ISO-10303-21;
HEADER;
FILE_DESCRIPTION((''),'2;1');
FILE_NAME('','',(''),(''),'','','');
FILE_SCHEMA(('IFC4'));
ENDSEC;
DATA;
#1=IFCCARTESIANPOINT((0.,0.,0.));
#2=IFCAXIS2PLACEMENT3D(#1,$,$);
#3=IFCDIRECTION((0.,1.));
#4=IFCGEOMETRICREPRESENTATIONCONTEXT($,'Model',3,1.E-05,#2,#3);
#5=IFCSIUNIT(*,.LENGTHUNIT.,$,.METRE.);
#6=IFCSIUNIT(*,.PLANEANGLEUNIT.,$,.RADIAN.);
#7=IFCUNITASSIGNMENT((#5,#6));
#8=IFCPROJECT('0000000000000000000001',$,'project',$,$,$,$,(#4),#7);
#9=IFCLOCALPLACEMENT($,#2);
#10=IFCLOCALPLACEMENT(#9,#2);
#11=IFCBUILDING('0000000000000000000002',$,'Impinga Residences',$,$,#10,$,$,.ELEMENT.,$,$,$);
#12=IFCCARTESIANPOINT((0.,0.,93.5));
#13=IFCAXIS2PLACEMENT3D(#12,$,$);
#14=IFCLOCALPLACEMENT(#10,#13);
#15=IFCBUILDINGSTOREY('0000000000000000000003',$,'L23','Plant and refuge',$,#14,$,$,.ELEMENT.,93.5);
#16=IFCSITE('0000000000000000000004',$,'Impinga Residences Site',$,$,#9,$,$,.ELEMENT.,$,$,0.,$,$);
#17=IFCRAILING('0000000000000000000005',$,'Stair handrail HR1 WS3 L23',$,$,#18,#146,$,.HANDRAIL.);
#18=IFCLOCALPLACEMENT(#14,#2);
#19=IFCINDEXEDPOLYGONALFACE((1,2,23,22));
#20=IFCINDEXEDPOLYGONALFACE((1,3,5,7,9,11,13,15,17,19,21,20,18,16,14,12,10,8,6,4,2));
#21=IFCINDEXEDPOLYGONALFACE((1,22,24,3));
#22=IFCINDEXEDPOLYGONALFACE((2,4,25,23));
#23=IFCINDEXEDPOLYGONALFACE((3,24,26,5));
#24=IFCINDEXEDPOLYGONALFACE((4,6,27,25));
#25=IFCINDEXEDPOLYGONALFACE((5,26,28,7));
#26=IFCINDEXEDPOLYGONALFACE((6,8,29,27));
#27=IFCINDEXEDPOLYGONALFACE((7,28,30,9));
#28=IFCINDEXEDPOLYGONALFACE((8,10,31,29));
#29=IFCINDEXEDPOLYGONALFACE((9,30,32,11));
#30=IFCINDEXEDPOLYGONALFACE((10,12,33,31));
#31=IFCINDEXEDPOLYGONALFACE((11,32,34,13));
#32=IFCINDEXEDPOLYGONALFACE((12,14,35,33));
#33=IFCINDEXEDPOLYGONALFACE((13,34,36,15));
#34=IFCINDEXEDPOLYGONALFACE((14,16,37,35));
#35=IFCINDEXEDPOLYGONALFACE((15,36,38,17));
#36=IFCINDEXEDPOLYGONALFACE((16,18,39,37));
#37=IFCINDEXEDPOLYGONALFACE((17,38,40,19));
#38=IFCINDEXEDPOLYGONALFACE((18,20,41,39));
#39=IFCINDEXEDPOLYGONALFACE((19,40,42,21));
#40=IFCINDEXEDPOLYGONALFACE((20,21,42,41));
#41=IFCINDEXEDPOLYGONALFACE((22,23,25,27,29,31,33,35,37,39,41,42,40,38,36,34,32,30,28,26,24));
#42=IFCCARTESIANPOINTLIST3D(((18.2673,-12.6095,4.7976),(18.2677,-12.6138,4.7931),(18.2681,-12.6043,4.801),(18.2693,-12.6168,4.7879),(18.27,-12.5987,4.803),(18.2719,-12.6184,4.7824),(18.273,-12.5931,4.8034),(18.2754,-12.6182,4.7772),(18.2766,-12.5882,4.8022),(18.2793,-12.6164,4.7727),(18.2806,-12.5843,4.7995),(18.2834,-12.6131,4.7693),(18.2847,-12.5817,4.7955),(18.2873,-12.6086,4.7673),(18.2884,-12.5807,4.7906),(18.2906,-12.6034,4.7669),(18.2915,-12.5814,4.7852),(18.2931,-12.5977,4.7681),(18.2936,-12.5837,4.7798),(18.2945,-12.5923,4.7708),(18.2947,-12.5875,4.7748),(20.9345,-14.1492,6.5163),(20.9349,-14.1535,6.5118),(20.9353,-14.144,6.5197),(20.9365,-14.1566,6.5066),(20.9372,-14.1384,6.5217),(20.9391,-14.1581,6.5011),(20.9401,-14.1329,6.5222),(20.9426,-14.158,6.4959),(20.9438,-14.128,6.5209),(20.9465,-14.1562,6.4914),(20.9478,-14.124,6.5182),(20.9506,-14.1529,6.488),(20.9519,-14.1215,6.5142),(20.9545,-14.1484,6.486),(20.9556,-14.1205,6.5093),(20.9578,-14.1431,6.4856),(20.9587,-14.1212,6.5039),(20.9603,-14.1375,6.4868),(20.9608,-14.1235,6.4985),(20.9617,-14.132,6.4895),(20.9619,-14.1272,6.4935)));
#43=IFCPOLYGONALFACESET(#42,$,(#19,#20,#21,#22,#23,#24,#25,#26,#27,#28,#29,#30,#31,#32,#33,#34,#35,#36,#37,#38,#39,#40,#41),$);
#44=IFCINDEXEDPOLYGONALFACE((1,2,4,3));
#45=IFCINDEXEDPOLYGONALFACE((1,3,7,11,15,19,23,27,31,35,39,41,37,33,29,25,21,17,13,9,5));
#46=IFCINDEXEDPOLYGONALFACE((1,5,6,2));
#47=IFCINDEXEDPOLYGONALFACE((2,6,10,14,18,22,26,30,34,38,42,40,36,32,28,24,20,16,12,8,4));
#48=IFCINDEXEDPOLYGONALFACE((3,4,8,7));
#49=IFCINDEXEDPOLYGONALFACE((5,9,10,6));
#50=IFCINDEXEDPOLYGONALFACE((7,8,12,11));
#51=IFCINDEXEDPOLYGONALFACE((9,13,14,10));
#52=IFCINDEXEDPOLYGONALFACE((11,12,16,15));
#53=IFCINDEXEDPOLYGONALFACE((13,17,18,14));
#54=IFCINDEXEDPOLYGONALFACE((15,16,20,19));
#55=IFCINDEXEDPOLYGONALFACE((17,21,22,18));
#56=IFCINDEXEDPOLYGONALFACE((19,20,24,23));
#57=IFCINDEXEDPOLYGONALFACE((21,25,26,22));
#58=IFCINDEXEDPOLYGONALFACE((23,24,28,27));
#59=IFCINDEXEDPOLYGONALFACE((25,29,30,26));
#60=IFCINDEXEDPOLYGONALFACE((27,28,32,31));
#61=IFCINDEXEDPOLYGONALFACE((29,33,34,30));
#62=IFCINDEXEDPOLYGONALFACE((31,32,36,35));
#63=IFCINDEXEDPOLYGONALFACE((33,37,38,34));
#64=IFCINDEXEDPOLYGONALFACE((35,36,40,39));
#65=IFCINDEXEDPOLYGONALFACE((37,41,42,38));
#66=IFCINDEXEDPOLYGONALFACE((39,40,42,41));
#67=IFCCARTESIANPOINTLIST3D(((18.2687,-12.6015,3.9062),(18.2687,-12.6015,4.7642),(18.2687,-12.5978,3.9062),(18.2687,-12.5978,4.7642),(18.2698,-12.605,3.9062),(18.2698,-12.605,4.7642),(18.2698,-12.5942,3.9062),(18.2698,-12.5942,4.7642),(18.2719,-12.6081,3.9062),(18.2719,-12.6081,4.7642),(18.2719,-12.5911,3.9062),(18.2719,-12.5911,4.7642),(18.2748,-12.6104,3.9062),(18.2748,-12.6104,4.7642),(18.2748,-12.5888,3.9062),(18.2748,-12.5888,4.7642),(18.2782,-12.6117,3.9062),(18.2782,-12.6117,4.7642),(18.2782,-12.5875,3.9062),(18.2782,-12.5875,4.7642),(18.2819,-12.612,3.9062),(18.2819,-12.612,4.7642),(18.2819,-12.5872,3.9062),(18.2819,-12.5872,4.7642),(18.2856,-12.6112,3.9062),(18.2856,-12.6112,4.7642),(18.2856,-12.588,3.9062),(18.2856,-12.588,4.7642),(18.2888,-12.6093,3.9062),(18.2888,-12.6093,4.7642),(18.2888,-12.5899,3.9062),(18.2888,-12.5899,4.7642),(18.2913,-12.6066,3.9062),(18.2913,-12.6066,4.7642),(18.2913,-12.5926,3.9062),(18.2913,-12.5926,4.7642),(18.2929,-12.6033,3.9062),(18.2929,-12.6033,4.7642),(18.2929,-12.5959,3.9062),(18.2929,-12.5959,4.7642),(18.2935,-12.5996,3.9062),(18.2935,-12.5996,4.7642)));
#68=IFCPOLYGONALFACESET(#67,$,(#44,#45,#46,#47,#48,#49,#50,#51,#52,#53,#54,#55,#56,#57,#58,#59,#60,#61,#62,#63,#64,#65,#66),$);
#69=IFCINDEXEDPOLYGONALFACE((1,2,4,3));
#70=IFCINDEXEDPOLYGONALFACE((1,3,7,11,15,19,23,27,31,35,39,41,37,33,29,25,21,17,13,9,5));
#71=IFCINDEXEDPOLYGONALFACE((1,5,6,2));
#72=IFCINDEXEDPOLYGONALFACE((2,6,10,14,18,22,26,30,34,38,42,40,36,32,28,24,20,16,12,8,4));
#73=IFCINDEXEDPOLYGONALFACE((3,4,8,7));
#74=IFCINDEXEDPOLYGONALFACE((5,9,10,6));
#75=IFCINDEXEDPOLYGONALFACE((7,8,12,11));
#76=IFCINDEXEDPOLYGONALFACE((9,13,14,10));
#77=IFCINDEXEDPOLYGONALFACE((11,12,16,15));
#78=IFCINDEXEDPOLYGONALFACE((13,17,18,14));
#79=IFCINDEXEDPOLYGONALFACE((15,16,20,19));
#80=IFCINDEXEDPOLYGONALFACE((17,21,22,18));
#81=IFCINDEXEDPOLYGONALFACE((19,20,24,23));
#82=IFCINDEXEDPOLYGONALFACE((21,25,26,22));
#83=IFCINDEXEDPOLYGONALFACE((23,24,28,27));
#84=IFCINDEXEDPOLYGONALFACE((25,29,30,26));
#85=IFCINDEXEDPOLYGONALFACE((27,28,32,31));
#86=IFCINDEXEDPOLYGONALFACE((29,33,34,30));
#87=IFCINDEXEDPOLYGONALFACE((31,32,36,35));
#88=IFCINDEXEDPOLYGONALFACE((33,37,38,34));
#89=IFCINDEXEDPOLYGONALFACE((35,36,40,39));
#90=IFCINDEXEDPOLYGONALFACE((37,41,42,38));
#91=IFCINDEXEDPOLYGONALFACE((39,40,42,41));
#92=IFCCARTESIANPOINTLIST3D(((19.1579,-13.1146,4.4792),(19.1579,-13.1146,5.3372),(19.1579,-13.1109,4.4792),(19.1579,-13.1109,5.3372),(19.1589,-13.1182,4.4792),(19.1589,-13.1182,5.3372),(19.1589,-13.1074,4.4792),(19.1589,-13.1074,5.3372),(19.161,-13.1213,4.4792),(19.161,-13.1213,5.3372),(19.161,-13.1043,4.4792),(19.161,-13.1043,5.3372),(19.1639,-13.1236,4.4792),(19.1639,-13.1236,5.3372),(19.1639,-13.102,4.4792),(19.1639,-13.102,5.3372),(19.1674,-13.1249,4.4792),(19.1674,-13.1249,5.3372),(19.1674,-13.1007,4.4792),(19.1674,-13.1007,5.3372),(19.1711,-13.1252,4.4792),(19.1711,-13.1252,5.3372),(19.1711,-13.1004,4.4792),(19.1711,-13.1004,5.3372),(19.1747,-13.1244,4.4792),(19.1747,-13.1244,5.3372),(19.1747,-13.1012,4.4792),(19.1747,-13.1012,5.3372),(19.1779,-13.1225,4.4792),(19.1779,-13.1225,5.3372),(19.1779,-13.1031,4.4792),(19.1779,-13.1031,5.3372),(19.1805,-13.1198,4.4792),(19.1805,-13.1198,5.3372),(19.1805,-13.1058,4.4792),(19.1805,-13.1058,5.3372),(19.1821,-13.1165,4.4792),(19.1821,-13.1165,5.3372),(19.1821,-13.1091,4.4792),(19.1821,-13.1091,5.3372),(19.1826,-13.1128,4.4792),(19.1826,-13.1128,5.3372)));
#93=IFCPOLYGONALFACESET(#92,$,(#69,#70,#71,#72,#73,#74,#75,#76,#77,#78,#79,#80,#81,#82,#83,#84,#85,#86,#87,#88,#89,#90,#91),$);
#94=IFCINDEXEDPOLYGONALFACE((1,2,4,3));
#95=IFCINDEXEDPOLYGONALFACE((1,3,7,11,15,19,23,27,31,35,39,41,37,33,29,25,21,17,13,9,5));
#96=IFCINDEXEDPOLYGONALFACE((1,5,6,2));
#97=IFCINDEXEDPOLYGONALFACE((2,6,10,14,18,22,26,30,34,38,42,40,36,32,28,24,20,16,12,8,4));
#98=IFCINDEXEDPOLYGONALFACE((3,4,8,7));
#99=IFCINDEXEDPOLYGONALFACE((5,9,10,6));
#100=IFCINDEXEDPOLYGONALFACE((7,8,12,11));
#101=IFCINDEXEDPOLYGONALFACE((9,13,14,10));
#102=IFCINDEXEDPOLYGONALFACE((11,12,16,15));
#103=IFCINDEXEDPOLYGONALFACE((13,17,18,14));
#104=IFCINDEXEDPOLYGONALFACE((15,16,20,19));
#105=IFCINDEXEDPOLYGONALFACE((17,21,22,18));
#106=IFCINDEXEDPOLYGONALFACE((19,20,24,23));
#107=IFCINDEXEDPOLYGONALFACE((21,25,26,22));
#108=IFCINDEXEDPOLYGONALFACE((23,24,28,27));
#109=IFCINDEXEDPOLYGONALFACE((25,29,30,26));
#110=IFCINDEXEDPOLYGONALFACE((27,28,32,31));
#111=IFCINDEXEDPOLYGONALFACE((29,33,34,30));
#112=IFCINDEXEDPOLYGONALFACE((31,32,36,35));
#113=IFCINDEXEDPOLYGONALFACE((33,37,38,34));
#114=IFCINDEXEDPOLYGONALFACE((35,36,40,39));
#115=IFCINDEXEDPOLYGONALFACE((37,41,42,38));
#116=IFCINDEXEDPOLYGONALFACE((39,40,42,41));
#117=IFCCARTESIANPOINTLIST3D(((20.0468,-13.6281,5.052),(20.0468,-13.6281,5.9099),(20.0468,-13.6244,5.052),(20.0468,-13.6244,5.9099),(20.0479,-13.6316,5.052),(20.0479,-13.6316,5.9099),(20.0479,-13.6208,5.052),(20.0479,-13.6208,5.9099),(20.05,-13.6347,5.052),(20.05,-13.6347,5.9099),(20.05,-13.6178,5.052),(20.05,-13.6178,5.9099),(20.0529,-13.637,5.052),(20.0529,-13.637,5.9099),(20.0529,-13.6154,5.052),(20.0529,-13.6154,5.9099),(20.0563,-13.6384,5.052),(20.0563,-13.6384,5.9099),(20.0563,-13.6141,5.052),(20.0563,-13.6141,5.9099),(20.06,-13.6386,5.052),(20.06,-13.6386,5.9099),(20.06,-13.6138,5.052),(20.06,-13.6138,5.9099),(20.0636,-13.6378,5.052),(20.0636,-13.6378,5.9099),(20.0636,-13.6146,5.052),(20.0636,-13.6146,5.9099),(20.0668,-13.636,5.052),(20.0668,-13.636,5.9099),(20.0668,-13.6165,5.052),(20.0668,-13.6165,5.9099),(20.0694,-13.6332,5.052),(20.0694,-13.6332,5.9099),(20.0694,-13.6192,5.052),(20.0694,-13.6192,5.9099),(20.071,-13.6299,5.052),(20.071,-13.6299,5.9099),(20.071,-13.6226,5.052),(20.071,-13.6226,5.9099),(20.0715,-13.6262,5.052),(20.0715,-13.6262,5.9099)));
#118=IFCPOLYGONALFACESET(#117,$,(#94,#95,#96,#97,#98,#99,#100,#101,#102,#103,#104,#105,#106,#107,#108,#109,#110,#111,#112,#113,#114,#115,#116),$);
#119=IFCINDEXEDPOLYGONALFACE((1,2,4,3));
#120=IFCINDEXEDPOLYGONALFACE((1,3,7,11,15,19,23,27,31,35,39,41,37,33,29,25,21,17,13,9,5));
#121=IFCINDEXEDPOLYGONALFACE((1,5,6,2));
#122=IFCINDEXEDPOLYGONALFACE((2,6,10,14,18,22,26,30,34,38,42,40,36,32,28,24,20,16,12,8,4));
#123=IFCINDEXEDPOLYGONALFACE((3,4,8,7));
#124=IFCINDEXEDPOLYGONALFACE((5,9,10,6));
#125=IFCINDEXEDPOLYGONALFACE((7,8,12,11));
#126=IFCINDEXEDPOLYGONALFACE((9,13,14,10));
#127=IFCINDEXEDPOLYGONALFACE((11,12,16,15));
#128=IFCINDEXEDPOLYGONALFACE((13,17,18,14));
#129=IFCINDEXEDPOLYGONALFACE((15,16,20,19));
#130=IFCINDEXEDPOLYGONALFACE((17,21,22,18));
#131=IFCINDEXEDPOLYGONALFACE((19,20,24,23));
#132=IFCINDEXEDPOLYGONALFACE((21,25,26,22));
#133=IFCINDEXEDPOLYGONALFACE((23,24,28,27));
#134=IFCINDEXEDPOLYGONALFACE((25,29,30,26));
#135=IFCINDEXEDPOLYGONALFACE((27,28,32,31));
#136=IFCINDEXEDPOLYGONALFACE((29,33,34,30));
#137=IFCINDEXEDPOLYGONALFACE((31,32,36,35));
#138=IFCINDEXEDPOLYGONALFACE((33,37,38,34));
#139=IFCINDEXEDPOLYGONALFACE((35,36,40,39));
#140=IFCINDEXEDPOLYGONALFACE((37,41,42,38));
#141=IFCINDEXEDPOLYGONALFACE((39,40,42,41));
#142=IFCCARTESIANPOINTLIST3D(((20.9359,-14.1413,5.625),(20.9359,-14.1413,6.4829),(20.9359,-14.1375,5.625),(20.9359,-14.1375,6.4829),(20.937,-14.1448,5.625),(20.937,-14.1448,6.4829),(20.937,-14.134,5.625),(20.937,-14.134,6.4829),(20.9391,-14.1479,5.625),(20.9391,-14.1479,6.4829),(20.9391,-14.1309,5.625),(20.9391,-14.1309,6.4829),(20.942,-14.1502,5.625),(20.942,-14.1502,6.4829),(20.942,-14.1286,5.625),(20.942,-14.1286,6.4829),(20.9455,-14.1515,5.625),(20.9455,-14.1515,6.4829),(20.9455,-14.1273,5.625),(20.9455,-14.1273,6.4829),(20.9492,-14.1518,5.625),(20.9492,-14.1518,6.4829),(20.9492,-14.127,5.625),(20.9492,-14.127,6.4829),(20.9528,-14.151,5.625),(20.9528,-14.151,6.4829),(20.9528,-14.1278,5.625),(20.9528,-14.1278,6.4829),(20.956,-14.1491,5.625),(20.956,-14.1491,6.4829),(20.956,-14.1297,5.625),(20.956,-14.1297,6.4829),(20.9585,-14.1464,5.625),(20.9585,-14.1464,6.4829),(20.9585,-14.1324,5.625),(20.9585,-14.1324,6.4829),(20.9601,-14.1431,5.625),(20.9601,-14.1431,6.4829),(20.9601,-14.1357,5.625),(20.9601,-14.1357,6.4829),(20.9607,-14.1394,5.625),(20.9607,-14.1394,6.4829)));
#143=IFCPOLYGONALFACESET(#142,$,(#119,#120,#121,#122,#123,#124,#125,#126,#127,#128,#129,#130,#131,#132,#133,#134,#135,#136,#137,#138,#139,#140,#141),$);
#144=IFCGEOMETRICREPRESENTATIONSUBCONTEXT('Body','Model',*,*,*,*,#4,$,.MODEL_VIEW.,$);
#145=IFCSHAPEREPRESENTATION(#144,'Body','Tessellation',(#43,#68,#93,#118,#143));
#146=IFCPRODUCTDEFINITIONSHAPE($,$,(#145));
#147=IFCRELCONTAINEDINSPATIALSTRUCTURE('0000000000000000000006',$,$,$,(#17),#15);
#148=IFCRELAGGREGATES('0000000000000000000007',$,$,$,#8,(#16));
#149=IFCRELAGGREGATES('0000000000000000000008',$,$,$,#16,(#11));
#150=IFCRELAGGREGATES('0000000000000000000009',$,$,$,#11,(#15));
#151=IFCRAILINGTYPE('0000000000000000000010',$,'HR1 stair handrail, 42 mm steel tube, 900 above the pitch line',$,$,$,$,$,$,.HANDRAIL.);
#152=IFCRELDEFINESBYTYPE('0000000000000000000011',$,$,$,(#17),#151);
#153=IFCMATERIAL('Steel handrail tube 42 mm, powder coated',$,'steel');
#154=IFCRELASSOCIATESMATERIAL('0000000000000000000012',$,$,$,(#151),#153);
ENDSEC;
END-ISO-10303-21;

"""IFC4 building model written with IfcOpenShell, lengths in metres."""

from ifc_helpers import new_model, si_unit, direction, frame, origin, origin_2d, place, context, subcontext, project, spatial, circle, extrude, material, type_object, element, save


model = new_model("IFC4")

# Units and contexts
model_context = context("Model", 3, precision=1e-05, world=origin(), true_north=direction((0.0, 1.0)))
body_context = subcontext(model_context, "Body", "Model", "MODEL_VIEW")
ifc_project = project(units=[si_unit("LENGTHUNIT", "METRE"), si_unit("PLANEANGLEUNIT", "RADIAN")], contexts=[model_context])

# Site, building, storey
site_placement = place(None, origin())
site = spatial("IfcSite", under=ifc_project, at=site_placement, Name="Impinga Residences Site", CompositionType="ELEMENT", RefElevation=0.0)
building_placement = place(site_placement, origin())
building = spatial("IfcBuilding", under=site, at=building_placement, Name="Impinga Residences", CompositionType="ELEMENT")
storey_placement = place(building_placement, frame((0.0, 0.0, 93.5)))
storey = spatial("IfcBuildingStorey", under=building, at=storey_placement, Name="L23", Description="Plant and refuge", CompositionType="ELEMENT", Elevation=93.5)

# Railing
ifc_material_1 = material(Name="Steel handrail tube 42 mm, powder coated", Category="steel")
railing_type_1 = type_object("IfcRailingType", Name="HR1 stair handrail, 42 mm steel tube, 900 above the pitch line", PredefinedType="HANDRAIL", material=ifc_material_1)
railing_1_placement = place(storey_placement, frame((18.281, -12.5996, 3.9062)))
element("IfcRailing", 1, at=railing_1_placement, inside=storey, type_object=railing_type_1, Name="Stair handrail HR1 WS3 L23", PredefinedType="HANDRAIL", context=body_context, shape_type="SweptSolid", body=[
    extrude(circle(Radius=0.021, at=origin_2d()), frame((0.0, 0.0, 0.8789), z_axis=(0.756249, -0.436582, 0.487322), x_axis=(0.499967, 0.866044, 0.0)), (0.0, 0.0, 1.0), 3.5269),
    extrude(circle(Radius=0.0125, at=origin_2d()), origin(), (0.0, 0.0, 1.0), 0.8579),
    extrude(circle(Radius=0.0125, at=origin_2d()), frame((0.8892, -0.5132, 0.573)), (0.0, 0.0, 1.0), 0.8579),
    extrude(circle(Radius=0.0125, at=origin_2d()), frame((1.7781, -1.0266, 1.1458)), (0.0, 0.0, 1.0), 0.8579),
    extrude(circle(Radius=0.0125, at=origin_2d()), frame((2.6672, -1.5398, 1.7188)), (0.0, 0.0, 1.0), 0.8579),
])

save(model, "model.ifc")
